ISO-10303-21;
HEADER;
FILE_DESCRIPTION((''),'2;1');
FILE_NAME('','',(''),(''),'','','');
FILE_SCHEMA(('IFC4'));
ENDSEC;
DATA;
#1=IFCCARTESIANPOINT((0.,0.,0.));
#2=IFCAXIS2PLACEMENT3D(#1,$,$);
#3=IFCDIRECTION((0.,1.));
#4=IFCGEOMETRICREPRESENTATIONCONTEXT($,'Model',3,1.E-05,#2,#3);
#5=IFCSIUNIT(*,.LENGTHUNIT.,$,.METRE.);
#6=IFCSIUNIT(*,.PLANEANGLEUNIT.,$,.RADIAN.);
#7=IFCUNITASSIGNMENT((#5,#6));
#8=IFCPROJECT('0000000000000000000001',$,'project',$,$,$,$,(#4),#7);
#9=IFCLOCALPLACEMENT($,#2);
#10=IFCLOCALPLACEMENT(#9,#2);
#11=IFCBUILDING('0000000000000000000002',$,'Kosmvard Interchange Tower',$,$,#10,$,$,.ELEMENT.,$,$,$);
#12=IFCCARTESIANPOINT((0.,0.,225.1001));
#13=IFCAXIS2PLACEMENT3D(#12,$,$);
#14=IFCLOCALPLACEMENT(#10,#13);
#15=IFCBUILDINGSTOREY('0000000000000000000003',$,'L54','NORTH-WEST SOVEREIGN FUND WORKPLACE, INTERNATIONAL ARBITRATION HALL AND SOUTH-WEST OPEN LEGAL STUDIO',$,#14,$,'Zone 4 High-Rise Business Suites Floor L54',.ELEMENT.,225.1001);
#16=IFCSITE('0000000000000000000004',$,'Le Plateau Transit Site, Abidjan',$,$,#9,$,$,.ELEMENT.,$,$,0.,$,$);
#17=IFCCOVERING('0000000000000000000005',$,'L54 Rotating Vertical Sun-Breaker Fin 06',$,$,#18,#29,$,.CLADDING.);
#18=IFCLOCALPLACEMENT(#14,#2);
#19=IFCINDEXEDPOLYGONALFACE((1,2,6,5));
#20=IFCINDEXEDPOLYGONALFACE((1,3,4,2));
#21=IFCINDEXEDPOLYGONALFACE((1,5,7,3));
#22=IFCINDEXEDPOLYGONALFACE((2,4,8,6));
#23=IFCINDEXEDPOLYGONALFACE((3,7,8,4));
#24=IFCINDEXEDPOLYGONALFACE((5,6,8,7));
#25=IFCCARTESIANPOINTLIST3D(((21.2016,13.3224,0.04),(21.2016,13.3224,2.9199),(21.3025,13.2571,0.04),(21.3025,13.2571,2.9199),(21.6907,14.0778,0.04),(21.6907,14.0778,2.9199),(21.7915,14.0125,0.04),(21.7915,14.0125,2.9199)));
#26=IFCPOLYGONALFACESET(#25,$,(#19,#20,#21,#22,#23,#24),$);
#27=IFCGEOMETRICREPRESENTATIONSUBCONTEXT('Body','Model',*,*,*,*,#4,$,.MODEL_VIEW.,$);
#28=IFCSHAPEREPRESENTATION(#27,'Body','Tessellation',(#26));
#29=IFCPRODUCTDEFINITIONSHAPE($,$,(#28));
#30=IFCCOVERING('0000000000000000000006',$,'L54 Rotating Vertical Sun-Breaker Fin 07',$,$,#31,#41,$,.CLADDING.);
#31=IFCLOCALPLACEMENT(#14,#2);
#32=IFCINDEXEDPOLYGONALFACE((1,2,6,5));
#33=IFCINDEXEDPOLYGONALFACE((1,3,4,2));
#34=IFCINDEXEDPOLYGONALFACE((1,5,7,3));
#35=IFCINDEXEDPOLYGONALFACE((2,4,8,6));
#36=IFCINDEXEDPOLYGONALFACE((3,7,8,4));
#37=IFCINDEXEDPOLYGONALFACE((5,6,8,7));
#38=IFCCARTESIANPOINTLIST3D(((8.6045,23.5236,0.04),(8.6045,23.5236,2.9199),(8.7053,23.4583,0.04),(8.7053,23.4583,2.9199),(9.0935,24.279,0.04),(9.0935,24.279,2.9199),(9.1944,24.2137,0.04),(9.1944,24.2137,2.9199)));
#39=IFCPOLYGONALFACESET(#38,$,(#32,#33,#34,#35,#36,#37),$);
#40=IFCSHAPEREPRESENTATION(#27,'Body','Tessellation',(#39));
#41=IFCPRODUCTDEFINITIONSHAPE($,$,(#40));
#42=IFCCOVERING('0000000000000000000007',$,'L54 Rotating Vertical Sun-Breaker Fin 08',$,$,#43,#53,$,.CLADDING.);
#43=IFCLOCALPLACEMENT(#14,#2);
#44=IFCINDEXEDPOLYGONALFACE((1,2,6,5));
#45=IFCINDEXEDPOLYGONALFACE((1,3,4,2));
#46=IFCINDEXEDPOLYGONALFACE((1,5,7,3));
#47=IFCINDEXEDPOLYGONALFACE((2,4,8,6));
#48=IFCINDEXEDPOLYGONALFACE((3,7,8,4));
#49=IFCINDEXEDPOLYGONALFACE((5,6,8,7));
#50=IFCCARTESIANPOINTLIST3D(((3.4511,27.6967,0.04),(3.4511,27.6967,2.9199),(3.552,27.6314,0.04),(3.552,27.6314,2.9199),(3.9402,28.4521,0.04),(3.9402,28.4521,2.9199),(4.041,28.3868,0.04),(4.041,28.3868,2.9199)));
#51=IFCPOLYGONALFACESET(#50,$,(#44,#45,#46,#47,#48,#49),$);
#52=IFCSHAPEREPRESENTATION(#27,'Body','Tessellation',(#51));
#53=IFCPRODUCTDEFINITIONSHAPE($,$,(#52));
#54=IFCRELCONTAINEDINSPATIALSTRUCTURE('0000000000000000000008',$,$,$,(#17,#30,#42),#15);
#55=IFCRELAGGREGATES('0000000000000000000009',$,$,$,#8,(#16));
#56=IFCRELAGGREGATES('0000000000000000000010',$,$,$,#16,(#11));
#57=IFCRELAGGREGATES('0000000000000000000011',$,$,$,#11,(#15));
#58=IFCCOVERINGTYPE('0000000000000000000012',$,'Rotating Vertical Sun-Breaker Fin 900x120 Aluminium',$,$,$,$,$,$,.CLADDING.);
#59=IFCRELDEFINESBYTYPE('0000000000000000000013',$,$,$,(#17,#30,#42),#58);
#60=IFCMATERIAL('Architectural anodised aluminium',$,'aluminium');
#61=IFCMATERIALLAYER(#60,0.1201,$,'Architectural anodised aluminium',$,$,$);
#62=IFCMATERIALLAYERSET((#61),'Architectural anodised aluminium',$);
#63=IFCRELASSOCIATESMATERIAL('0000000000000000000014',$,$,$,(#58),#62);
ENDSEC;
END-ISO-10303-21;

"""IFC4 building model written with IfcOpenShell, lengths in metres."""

from ifc_helpers import new_model, si_unit, direction, frame, origin, origin_2d, place, context, subcontext, project, spatial, rectangle, extrude, source, transform, mapped, material, layer, layer_set, type_object, element, save


model = new_model("IFC4")

# Units and contexts
model_context = context("Model", 3, precision=1e-05, world=origin(), true_north=direction((0.0, 1.0)))
body_context = subcontext(model_context, "Body", "Model", "MODEL_VIEW")
ifc_project = project(units=[si_unit("LENGTHUNIT", "METRE"), si_unit("PLANEANGLEUNIT", "RADIAN")], contexts=[model_context])

# Site, building, storey
site_placement = place(None, origin())
site = spatial("IfcSite", under=ifc_project, at=site_placement, Name="Le Plateau Transit Site, Abidjan", CompositionType="ELEMENT", RefElevation=0.0)
building_placement = place(site_placement, origin())
building = spatial("IfcBuilding", under=site, at=building_placement, Name="Kosmvard Interchange Tower", CompositionType="ELEMENT")
storey_placement = place(building_placement, frame((0.0, 0.0, 225.1001)))
storey = spatial("IfcBuildingStorey", under=building, at=storey_placement, Name="L54", Description="NORTH-WEST SOVEREIGN FUND WORKPLACE, INTERNATIONAL ARBITRATION HALL AND SOUTH-WEST OPEN LEGAL STUDIO", LongName="Zone 4 High-Rise Business Suites Floor L54", CompositionType="ELEMENT", Elevation=225.1001)

# Coverings
ifc_material_1 = material(Name="Architectural anodised aluminium", Category="aluminium")
ifc_layer_1 = layer(ifc_material_1, 0.1201, Name="Architectural anodised aluminium")
ifc_layer_set_1 = layer_set([ifc_layer_1], Name="Architectural anodised aluminium")
covering_type = type_object("IfcCoveringType", Name="Rotating Vertical Sun-Breaker Fin 900x120 Aluminium", PredefinedType="CLADDING", material=ifc_layer_set_1)
shared_shape_1 = source(origin(), body_context, "Body", "SweptSolid", [
    extrude(rectangle(XDim=0.8999, YDim=0.1201, at=origin_2d()), origin(), (0.0, 0.0, 1.0), 2.8799),
])
for number, where, z_axis, x_axis, name in (
    (1, (21.4966, 13.6675, 0.04), (0.0, 0.0, 1.0), (0.543467, 0.83943, 0.0), "L54 Rotating Vertical Sun-Breaker Fin 06"),
    (2, (8.8994, 23.8687, 0.04), (0.0, 0.0, 1.0), (0.543467, 0.83943, 0.0), "L54 Rotating Vertical Sun-Breaker Fin 07"),
    (3, (3.7461, 28.0417, 0.04), (0.0, 0.0, 1.0), (0.543467, 0.83943, 0.0), "L54 Rotating Vertical Sun-Breaker Fin 08"),
):
    element("IfcCovering", number, at=place(storey_placement, frame(where, z_axis=z_axis, x_axis=x_axis)), inside=storey, type_object=covering_type, Name=name, PredefinedType="CLADDING", context=body_context, shape_type="MappedRepresentation", body=[
        mapped(shared_shape_1, transform((0.0, 0.0, 0.0), scale=1.0)),
    ])

save(model, "model.ifc")
